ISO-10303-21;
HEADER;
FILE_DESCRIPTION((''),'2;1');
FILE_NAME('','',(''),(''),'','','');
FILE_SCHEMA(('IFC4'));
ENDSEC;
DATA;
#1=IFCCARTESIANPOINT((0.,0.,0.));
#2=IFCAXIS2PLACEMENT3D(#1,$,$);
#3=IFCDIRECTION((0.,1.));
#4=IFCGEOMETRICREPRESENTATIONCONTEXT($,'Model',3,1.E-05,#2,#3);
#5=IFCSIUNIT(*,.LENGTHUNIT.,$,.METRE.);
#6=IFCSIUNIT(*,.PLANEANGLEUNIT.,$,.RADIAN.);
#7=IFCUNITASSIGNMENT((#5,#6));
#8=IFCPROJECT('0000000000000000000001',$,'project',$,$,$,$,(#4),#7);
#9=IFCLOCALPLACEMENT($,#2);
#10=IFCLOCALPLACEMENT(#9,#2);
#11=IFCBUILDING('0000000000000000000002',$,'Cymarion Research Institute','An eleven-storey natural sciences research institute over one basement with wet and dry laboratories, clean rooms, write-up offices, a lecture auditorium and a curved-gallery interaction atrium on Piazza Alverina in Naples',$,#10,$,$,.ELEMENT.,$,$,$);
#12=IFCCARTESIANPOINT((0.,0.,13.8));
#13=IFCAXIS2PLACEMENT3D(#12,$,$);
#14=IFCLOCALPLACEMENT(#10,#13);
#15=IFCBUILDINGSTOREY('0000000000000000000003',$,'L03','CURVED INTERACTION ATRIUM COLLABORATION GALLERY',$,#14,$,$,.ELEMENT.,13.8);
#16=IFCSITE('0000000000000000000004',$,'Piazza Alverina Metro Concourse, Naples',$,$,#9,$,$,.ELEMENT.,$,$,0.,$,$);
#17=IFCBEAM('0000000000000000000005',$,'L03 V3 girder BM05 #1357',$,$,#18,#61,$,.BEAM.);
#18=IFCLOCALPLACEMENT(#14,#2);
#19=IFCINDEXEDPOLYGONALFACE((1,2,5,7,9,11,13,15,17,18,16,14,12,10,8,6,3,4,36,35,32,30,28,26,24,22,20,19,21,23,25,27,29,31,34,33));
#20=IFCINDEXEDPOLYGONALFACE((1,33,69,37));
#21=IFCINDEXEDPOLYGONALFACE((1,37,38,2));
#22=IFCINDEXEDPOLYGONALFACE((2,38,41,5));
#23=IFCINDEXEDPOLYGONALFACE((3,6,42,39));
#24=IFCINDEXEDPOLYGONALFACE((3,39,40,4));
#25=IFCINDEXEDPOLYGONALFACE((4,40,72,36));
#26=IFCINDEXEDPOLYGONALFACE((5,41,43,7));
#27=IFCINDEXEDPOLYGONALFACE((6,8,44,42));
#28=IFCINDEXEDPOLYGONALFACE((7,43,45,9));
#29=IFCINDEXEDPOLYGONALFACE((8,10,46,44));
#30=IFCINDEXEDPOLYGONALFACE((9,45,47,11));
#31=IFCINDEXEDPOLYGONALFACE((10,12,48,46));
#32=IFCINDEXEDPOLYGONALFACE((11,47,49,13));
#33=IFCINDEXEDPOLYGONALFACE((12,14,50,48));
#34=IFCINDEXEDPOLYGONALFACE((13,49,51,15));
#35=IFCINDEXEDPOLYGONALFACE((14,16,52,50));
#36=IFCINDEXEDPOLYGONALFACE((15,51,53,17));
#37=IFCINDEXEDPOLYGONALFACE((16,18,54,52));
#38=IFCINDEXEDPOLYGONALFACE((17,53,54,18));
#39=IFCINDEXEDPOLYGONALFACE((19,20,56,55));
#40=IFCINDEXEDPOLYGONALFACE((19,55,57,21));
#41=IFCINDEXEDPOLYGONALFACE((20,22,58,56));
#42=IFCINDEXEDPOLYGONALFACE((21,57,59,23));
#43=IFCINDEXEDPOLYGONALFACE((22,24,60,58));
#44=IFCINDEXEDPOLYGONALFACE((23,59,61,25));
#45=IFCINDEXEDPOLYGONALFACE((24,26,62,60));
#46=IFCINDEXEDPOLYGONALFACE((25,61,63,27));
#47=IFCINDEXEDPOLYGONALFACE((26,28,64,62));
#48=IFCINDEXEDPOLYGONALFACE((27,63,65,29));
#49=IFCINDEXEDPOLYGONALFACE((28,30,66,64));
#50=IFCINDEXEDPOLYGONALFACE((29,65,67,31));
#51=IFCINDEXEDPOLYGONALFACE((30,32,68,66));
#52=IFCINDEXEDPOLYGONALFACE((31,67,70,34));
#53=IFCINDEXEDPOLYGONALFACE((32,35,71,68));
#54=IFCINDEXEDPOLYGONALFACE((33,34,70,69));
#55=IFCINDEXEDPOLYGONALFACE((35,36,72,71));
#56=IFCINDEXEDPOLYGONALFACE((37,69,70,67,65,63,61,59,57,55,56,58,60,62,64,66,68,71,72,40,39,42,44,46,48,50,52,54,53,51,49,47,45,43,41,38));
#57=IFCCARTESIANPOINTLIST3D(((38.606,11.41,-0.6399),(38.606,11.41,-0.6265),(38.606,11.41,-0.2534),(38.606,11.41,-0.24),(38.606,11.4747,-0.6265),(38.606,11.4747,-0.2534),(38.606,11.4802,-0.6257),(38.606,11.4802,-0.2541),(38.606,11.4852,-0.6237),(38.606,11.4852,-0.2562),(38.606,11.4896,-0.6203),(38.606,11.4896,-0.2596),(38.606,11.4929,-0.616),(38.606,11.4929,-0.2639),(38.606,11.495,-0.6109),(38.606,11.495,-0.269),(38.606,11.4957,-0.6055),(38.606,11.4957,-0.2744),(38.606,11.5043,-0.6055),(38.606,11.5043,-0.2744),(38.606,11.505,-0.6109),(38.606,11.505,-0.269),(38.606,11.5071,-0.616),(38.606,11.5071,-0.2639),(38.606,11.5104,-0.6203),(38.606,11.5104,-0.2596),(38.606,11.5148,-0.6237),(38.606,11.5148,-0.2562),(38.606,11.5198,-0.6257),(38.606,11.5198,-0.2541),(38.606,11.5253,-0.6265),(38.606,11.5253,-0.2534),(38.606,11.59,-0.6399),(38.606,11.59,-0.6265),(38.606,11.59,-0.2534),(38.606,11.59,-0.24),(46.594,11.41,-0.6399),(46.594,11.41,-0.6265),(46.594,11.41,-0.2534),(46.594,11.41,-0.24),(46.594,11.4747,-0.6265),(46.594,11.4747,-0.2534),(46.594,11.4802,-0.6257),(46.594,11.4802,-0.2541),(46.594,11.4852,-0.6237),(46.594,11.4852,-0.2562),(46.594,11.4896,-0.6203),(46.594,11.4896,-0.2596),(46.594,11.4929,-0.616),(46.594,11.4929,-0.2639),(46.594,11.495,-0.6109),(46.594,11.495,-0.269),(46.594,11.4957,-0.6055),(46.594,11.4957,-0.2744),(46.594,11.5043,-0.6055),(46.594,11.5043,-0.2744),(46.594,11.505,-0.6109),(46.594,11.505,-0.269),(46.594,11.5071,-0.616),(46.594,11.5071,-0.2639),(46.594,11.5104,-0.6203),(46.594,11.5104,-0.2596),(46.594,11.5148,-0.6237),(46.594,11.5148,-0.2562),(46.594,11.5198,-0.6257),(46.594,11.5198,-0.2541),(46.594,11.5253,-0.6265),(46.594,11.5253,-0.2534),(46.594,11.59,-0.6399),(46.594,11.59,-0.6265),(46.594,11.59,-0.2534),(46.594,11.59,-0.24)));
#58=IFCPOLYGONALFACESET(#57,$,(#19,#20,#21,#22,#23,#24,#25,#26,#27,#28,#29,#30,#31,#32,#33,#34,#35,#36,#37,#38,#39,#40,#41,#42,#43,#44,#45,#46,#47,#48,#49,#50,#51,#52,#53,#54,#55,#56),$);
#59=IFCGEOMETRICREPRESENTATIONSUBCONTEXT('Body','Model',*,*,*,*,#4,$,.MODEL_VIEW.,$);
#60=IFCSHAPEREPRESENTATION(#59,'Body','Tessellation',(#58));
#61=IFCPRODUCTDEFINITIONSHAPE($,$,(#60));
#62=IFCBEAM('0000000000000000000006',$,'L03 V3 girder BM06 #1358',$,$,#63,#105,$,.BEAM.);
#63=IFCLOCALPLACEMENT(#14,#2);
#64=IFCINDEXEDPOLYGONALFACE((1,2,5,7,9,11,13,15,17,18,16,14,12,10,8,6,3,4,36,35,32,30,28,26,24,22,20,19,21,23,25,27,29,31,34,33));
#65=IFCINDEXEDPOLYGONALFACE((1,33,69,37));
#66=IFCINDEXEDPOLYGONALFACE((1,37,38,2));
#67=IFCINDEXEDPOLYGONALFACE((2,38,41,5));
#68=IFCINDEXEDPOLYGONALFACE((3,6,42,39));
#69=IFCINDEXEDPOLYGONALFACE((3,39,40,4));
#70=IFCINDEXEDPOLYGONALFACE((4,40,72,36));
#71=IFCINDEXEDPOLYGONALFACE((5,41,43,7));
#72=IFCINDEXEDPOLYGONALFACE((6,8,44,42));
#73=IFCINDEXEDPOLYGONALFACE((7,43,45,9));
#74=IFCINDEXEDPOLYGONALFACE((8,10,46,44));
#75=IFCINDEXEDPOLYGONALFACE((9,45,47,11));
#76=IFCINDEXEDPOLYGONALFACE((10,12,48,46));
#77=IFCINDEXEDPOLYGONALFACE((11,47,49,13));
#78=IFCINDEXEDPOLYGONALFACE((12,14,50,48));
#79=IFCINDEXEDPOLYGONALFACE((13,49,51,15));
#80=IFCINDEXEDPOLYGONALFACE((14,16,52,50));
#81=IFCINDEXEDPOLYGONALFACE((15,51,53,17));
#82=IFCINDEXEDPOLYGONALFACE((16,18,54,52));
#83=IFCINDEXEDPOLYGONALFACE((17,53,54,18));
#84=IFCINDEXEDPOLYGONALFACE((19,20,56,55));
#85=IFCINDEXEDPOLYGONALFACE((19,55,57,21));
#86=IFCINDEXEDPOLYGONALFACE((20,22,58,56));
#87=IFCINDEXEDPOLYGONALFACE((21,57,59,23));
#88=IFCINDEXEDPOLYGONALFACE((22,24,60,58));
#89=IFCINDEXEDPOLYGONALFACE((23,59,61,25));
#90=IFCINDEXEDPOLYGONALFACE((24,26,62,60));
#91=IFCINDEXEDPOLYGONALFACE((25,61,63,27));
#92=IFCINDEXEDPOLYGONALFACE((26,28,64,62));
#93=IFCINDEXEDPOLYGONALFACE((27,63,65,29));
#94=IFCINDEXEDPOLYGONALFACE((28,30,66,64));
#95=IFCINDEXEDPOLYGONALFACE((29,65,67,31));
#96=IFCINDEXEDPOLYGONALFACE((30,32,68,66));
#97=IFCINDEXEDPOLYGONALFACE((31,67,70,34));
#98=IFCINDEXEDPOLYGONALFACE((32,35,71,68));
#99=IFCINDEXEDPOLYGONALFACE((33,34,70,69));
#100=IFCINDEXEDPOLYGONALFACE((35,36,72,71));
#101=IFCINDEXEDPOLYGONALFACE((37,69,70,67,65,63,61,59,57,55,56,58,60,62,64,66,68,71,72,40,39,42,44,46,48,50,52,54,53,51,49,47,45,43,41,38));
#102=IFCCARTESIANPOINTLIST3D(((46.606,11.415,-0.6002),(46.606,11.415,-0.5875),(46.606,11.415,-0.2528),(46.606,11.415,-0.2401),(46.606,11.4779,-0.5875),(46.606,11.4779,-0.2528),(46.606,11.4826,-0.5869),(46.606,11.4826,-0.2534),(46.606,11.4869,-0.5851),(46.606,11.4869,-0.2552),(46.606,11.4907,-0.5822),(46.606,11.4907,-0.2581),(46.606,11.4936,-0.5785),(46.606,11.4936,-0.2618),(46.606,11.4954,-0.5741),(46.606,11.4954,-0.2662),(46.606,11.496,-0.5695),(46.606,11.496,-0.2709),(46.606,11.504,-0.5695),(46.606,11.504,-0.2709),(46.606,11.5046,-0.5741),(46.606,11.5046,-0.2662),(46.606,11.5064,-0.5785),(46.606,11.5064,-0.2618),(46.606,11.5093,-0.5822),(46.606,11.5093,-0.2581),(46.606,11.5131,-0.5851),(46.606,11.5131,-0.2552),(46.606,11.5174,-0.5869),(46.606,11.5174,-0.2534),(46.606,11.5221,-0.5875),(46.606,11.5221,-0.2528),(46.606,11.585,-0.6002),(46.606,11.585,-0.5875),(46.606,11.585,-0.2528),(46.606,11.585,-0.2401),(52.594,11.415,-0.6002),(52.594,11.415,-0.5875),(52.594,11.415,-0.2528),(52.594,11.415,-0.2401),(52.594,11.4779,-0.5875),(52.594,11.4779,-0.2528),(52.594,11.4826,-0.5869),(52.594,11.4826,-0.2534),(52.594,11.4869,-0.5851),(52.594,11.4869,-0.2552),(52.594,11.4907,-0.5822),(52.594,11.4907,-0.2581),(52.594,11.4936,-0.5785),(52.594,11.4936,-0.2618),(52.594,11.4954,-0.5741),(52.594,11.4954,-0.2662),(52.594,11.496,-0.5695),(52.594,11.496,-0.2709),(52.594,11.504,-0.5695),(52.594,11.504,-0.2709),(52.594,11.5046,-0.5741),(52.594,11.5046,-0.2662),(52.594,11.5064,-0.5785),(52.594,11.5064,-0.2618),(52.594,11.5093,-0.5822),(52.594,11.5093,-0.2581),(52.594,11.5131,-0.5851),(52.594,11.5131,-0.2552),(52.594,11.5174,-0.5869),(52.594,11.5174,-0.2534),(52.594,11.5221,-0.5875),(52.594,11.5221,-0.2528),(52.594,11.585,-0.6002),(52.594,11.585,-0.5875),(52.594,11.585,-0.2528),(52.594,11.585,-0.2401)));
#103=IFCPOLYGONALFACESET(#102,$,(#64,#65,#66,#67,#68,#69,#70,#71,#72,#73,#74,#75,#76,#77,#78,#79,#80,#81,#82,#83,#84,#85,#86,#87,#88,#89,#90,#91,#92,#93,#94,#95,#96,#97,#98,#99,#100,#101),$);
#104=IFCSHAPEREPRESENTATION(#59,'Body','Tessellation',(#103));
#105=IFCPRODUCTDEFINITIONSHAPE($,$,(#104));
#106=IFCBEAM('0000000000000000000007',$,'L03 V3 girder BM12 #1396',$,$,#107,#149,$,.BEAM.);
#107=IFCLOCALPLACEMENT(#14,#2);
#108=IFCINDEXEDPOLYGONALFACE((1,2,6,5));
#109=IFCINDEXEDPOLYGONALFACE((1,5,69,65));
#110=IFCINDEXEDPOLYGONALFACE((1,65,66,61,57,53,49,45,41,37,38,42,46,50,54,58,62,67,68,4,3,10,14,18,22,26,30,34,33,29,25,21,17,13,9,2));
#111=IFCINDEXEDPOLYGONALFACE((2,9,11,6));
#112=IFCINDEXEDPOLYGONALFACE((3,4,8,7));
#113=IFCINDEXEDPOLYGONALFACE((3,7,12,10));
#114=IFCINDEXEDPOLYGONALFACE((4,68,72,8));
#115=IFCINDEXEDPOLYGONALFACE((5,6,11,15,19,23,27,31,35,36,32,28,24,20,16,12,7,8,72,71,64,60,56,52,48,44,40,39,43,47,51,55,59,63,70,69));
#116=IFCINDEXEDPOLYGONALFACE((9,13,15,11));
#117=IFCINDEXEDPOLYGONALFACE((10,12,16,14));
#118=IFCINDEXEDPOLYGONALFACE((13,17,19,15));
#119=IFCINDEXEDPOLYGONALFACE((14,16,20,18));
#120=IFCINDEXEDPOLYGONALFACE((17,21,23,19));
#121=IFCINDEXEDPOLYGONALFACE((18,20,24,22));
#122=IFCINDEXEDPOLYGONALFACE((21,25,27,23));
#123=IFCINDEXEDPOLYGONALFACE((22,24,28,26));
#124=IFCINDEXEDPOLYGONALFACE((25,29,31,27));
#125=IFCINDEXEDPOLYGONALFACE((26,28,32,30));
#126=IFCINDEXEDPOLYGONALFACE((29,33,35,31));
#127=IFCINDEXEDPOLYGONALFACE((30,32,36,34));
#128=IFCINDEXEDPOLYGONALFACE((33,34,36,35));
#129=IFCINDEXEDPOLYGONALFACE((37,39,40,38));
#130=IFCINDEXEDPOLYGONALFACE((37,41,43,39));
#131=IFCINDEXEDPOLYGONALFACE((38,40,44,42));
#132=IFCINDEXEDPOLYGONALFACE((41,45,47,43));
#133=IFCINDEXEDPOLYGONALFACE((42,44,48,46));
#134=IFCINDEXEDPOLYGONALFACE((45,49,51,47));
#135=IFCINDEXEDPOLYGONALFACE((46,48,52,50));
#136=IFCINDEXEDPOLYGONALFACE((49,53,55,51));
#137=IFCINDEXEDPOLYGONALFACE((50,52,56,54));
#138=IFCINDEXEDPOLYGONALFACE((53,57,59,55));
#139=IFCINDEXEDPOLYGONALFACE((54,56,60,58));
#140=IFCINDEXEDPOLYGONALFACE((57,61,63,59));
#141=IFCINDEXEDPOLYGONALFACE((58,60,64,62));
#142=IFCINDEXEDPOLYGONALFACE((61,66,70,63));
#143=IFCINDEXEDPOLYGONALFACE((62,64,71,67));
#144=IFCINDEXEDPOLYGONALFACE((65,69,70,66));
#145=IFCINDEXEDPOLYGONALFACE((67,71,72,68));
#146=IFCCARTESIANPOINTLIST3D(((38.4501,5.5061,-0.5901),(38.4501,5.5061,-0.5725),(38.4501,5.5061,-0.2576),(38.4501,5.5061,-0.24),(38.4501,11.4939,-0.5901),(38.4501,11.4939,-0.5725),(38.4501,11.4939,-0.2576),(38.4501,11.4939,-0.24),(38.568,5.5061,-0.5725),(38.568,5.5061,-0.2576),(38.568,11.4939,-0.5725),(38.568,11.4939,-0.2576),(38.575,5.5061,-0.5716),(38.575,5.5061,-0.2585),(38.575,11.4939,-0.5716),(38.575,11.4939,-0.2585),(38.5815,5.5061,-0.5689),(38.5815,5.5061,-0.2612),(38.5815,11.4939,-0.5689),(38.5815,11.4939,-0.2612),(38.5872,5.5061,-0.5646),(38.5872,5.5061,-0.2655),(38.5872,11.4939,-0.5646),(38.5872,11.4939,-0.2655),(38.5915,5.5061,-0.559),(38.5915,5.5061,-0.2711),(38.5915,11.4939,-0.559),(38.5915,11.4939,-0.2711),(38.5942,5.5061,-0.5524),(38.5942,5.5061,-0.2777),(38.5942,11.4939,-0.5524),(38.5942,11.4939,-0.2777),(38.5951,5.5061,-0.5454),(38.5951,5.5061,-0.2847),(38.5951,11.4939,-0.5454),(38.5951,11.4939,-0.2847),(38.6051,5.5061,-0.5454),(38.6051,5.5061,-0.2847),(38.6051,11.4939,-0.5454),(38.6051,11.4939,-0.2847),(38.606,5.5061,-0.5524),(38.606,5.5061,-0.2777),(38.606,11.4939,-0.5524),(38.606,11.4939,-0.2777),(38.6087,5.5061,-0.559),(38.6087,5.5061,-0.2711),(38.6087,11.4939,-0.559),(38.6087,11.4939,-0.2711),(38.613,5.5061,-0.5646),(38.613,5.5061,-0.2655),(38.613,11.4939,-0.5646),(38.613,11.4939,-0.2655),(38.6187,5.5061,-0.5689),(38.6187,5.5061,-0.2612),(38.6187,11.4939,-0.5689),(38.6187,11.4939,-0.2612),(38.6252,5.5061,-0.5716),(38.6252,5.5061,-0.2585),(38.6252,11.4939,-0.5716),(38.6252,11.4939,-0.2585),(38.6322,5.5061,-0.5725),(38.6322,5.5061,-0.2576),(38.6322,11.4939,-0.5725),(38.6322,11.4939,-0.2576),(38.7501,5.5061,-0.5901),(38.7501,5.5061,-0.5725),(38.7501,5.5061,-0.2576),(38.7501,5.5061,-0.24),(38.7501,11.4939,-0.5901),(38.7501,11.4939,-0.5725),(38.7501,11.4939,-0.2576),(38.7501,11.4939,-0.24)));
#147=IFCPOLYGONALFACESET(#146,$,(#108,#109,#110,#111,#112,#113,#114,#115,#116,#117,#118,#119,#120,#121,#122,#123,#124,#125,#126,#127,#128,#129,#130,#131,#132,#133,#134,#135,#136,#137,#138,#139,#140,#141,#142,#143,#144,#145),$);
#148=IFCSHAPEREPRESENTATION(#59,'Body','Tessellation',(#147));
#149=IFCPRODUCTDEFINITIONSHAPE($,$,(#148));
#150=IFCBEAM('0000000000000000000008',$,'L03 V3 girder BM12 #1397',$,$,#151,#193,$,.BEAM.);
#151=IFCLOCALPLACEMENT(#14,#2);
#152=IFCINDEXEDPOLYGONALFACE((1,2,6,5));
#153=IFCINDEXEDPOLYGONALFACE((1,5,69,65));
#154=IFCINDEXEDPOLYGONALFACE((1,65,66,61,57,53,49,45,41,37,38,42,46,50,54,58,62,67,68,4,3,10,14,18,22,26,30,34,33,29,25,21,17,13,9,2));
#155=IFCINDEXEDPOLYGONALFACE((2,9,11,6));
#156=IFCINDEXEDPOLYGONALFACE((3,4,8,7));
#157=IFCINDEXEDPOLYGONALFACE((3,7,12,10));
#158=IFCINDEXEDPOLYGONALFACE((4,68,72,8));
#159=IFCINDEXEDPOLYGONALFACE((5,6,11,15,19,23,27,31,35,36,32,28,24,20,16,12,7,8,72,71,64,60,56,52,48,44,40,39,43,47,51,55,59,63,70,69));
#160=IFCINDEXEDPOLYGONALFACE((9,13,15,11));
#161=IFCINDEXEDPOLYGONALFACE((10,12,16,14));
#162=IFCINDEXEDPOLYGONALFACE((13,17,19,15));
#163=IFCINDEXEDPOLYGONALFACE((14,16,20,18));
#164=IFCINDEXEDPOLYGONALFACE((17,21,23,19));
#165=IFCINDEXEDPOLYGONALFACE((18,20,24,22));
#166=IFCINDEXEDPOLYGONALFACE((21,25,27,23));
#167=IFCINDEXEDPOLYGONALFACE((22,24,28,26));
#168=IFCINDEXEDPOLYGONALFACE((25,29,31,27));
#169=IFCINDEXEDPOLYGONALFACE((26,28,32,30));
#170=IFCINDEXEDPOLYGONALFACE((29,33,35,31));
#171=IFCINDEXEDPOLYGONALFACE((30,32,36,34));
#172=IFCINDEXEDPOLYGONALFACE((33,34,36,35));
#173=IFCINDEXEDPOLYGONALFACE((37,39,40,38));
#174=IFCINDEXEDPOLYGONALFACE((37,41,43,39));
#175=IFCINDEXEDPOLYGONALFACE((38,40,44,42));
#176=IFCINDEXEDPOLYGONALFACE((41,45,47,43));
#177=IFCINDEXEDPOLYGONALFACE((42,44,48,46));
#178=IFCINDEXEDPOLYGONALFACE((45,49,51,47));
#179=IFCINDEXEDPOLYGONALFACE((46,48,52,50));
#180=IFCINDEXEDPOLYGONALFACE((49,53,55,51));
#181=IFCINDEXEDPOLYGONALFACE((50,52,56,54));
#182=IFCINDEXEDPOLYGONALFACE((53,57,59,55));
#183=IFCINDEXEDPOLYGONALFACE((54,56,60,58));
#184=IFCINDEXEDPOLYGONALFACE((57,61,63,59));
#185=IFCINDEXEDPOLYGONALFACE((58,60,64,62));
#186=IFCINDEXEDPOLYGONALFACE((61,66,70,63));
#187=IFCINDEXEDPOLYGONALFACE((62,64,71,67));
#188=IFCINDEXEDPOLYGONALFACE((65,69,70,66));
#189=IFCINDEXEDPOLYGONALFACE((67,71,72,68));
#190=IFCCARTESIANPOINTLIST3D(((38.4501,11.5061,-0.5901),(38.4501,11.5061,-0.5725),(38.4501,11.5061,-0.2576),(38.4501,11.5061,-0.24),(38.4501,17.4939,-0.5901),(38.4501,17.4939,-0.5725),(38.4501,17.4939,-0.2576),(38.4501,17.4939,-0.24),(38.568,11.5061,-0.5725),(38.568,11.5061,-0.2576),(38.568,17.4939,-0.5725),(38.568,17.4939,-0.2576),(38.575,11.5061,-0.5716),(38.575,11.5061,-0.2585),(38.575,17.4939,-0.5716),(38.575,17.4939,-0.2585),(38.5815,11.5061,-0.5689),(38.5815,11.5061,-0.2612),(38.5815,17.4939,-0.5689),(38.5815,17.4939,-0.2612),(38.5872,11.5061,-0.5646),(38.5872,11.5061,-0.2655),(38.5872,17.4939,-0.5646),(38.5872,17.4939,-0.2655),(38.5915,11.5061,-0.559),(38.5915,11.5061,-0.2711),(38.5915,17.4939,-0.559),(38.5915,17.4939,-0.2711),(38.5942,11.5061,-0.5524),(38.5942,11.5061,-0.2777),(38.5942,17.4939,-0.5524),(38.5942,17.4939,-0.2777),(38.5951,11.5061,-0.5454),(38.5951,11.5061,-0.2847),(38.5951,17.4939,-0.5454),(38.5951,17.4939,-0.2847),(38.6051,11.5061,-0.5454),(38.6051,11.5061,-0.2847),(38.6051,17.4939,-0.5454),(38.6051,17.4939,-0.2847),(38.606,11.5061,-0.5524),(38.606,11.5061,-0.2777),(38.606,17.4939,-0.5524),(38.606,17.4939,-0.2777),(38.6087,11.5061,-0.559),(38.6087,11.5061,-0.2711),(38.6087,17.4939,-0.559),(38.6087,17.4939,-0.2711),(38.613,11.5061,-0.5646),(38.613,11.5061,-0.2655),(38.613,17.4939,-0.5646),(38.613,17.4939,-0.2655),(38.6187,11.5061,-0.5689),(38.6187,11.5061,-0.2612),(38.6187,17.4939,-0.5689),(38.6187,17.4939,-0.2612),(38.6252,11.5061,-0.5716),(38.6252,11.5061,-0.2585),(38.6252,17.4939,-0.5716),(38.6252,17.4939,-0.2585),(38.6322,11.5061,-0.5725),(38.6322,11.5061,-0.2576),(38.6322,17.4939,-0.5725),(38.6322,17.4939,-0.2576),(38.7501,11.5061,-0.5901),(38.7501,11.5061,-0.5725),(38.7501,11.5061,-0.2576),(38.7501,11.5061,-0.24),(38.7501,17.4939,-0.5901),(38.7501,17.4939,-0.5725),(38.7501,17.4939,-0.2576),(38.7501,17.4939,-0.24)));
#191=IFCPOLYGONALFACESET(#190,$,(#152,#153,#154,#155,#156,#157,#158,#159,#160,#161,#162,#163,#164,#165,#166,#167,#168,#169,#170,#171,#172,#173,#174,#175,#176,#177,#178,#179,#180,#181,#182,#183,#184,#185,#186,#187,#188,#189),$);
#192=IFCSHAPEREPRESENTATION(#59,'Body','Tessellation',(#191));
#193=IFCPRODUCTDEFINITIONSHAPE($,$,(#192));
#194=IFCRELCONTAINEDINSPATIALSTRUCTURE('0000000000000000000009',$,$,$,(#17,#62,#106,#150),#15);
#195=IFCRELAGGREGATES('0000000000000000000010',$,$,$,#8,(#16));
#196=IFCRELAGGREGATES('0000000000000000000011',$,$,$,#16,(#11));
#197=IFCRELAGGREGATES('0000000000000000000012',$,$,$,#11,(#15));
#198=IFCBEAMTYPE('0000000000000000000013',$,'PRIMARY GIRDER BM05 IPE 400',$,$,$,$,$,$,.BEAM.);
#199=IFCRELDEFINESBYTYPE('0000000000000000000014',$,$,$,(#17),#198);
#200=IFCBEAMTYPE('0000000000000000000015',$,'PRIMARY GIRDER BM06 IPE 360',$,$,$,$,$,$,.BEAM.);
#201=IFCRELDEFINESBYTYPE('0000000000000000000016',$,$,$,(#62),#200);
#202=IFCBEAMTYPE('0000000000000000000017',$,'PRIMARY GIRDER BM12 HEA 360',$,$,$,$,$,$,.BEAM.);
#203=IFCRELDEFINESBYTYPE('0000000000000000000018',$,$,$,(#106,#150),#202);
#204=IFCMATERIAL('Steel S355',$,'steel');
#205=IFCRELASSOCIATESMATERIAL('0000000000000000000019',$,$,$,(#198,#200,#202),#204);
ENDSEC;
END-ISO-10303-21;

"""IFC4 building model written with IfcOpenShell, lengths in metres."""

from ifc_helpers import new_model, si_unit, direction, frame, origin, origin_2d, place, context, subcontext, project, spatial, i_section, extrude, material, material_profile, profile_set, type_object, element, save


model = new_model("IFC4")

# Units and contexts
model_context = context("Model", 3, precision=1e-05, world=origin(), true_north=direction((0.0, 1.0)))
body_context = subcontext(model_context, "Body", "Model", "MODEL_VIEW")
ifc_project = project(units=[si_unit("LENGTHUNIT", "METRE"), si_unit("PLANEANGLEUNIT", "RADIAN")], contexts=[model_context])

# Site, building, storey
site_placement = place(None, origin())
site = spatial("IfcSite", under=ifc_project, at=site_placement, Name="Piazza Alverina Metro Concourse, Naples", CompositionType="ELEMENT", RefElevation=0.0)
building_placement = place(site_placement, origin())
building = spatial("IfcBuilding", under=site, at=building_placement, Name="Cymarion Research Institute", Description="An eleven-storey natural sciences research institute over one basement with wet and dry laboratories, clean rooms, write-up offices, a lecture auditorium and a curved-gallery interaction atrium on Piazza Alverina in Naples", CompositionType="ELEMENT")
storey_placement = place(building_placement, frame((0.0, 0.0, 13.8)))
storey = spatial("IfcBuildingStorey", under=building, at=storey_placement, Name="L03", Description="CURVED INTERACTION ATRIUM COLLABORATION GALLERY", CompositionType="ELEMENT", Elevation=13.8)

# Beams
ifc_material_1 = material(Name="Steel S355", Category="steel")
ifc_material_profile_1 = material_profile(ifc_material_1, i_section(OverallWidth=0.1799, OverallDepth=0.3999, WebThickness=0.0085, FlangeThickness=0.0134, FilletRadius=0.021, at=origin_2d()), Name="IPE 400")
ifc_profile_set_1 = profile_set([ifc_material_profile_1], Name="Steel S355")
beam_type_1 = type_object("IfcBeamType", Name="PRIMARY GIRDER BM05 IPE 400", PredefinedType="BEAM", material=ifc_profile_set_1)
beam_1_placement = place(storey_placement, frame((38.606, 11.5, -0.4399), z_axis=(1.0, 0.0, 0.0), x_axis=(0.0, 1.0, 0.0)))
element("IfcBeam", 1, at=beam_1_placement, inside=storey, type_object=beam_type_1, Name="L03 V3 girder BM05 #1357", PredefinedType="BEAM", context=body_context, shape_type="SweptSolid", body=[
    extrude(i_section(OverallWidth=0.1799, OverallDepth=0.3999, WebThickness=0.0085, FlangeThickness=0.0134, FilletRadius=0.021, at=origin_2d()), origin(), (0.0, 0.0, 1.0), 7.988),
])
ifc_material_profile_2 = material_profile(ifc_material_1, i_section(OverallWidth=0.1699, OverallDepth=0.3601, WebThickness=0.0081, FlangeThickness=0.0127, FilletRadius=0.0181, at=origin_2d()), Name="IPE 360")
ifc_profile_set_2 = profile_set([ifc_material_profile_2], Name="Steel S355")
beam_type_2 = type_object("IfcBeamType", Name="PRIMARY GIRDER BM06 IPE 360", PredefinedType="BEAM", material=ifc_profile_set_2)
beam_2_placement = place(storey_placement, frame((46.606, 11.5, -0.4202), z_axis=(1.0, 0.0, 0.0), x_axis=(0.0, 1.0, 0.0)))
element("IfcBeam", 2, at=beam_2_placement, inside=storey, type_object=beam_type_2, Name="L03 V3 girder BM06 #1358", PredefinedType="BEAM", context=body_context, shape_type="SweptSolid", body=[
    extrude(i_section(OverallWidth=0.1699, OverallDepth=0.3601, WebThickness=0.0081, FlangeThickness=0.0127, FilletRadius=0.0181, at=origin_2d()), origin(), (0.0, 0.0, 1.0), 5.988),
])
ifc_material_profile_3 = material_profile(ifc_material_1, i_section(OverallWidth=0.3, OverallDepth=0.3501, WebThickness=0.01, FlangeThickness=0.0176, FilletRadius=0.0271, at=origin_2d()), Name="HEA 360")
ifc_profile_set_3 = profile_set([ifc_material_profile_3], Name="Steel S355")
beam_type_3 = type_object("IfcBeamType", Name="PRIMARY GIRDER BM12 HEA 360", PredefinedType="BEAM", material=ifc_profile_set_3)
for number, where, z_axis, x_axis, name in (
    (3, (38.6001, 5.5061, -0.415), (0.0, 1.0, 0.0), (-1.0, 0.0, 0.0), "L03 V3 girder BM12 #1396"),
    (4, (38.6001, 11.5061, -0.415), (0.0, 1.0, 0.0), (-1.0, 0.0, 0.0), "L03 V3 girder BM12 #1397"),
):
    element("IfcBeam", number, at=place(storey_placement, frame(where, z_axis=z_axis, x_axis=x_axis)), inside=storey, type_object=beam_type_3, Name=name, PredefinedType="BEAM", context=body_context, shape_type="SweptSolid", body=[
        extrude(i_section(OverallWidth=0.3, OverallDepth=0.3501, WebThickness=0.01, FlangeThickness=0.0176, FilletRadius=0.0271, at=origin_2d()), origin(), (0.0, 0.0, 1.0), 5.9878),
    ])

save(model, "model.ifc")
